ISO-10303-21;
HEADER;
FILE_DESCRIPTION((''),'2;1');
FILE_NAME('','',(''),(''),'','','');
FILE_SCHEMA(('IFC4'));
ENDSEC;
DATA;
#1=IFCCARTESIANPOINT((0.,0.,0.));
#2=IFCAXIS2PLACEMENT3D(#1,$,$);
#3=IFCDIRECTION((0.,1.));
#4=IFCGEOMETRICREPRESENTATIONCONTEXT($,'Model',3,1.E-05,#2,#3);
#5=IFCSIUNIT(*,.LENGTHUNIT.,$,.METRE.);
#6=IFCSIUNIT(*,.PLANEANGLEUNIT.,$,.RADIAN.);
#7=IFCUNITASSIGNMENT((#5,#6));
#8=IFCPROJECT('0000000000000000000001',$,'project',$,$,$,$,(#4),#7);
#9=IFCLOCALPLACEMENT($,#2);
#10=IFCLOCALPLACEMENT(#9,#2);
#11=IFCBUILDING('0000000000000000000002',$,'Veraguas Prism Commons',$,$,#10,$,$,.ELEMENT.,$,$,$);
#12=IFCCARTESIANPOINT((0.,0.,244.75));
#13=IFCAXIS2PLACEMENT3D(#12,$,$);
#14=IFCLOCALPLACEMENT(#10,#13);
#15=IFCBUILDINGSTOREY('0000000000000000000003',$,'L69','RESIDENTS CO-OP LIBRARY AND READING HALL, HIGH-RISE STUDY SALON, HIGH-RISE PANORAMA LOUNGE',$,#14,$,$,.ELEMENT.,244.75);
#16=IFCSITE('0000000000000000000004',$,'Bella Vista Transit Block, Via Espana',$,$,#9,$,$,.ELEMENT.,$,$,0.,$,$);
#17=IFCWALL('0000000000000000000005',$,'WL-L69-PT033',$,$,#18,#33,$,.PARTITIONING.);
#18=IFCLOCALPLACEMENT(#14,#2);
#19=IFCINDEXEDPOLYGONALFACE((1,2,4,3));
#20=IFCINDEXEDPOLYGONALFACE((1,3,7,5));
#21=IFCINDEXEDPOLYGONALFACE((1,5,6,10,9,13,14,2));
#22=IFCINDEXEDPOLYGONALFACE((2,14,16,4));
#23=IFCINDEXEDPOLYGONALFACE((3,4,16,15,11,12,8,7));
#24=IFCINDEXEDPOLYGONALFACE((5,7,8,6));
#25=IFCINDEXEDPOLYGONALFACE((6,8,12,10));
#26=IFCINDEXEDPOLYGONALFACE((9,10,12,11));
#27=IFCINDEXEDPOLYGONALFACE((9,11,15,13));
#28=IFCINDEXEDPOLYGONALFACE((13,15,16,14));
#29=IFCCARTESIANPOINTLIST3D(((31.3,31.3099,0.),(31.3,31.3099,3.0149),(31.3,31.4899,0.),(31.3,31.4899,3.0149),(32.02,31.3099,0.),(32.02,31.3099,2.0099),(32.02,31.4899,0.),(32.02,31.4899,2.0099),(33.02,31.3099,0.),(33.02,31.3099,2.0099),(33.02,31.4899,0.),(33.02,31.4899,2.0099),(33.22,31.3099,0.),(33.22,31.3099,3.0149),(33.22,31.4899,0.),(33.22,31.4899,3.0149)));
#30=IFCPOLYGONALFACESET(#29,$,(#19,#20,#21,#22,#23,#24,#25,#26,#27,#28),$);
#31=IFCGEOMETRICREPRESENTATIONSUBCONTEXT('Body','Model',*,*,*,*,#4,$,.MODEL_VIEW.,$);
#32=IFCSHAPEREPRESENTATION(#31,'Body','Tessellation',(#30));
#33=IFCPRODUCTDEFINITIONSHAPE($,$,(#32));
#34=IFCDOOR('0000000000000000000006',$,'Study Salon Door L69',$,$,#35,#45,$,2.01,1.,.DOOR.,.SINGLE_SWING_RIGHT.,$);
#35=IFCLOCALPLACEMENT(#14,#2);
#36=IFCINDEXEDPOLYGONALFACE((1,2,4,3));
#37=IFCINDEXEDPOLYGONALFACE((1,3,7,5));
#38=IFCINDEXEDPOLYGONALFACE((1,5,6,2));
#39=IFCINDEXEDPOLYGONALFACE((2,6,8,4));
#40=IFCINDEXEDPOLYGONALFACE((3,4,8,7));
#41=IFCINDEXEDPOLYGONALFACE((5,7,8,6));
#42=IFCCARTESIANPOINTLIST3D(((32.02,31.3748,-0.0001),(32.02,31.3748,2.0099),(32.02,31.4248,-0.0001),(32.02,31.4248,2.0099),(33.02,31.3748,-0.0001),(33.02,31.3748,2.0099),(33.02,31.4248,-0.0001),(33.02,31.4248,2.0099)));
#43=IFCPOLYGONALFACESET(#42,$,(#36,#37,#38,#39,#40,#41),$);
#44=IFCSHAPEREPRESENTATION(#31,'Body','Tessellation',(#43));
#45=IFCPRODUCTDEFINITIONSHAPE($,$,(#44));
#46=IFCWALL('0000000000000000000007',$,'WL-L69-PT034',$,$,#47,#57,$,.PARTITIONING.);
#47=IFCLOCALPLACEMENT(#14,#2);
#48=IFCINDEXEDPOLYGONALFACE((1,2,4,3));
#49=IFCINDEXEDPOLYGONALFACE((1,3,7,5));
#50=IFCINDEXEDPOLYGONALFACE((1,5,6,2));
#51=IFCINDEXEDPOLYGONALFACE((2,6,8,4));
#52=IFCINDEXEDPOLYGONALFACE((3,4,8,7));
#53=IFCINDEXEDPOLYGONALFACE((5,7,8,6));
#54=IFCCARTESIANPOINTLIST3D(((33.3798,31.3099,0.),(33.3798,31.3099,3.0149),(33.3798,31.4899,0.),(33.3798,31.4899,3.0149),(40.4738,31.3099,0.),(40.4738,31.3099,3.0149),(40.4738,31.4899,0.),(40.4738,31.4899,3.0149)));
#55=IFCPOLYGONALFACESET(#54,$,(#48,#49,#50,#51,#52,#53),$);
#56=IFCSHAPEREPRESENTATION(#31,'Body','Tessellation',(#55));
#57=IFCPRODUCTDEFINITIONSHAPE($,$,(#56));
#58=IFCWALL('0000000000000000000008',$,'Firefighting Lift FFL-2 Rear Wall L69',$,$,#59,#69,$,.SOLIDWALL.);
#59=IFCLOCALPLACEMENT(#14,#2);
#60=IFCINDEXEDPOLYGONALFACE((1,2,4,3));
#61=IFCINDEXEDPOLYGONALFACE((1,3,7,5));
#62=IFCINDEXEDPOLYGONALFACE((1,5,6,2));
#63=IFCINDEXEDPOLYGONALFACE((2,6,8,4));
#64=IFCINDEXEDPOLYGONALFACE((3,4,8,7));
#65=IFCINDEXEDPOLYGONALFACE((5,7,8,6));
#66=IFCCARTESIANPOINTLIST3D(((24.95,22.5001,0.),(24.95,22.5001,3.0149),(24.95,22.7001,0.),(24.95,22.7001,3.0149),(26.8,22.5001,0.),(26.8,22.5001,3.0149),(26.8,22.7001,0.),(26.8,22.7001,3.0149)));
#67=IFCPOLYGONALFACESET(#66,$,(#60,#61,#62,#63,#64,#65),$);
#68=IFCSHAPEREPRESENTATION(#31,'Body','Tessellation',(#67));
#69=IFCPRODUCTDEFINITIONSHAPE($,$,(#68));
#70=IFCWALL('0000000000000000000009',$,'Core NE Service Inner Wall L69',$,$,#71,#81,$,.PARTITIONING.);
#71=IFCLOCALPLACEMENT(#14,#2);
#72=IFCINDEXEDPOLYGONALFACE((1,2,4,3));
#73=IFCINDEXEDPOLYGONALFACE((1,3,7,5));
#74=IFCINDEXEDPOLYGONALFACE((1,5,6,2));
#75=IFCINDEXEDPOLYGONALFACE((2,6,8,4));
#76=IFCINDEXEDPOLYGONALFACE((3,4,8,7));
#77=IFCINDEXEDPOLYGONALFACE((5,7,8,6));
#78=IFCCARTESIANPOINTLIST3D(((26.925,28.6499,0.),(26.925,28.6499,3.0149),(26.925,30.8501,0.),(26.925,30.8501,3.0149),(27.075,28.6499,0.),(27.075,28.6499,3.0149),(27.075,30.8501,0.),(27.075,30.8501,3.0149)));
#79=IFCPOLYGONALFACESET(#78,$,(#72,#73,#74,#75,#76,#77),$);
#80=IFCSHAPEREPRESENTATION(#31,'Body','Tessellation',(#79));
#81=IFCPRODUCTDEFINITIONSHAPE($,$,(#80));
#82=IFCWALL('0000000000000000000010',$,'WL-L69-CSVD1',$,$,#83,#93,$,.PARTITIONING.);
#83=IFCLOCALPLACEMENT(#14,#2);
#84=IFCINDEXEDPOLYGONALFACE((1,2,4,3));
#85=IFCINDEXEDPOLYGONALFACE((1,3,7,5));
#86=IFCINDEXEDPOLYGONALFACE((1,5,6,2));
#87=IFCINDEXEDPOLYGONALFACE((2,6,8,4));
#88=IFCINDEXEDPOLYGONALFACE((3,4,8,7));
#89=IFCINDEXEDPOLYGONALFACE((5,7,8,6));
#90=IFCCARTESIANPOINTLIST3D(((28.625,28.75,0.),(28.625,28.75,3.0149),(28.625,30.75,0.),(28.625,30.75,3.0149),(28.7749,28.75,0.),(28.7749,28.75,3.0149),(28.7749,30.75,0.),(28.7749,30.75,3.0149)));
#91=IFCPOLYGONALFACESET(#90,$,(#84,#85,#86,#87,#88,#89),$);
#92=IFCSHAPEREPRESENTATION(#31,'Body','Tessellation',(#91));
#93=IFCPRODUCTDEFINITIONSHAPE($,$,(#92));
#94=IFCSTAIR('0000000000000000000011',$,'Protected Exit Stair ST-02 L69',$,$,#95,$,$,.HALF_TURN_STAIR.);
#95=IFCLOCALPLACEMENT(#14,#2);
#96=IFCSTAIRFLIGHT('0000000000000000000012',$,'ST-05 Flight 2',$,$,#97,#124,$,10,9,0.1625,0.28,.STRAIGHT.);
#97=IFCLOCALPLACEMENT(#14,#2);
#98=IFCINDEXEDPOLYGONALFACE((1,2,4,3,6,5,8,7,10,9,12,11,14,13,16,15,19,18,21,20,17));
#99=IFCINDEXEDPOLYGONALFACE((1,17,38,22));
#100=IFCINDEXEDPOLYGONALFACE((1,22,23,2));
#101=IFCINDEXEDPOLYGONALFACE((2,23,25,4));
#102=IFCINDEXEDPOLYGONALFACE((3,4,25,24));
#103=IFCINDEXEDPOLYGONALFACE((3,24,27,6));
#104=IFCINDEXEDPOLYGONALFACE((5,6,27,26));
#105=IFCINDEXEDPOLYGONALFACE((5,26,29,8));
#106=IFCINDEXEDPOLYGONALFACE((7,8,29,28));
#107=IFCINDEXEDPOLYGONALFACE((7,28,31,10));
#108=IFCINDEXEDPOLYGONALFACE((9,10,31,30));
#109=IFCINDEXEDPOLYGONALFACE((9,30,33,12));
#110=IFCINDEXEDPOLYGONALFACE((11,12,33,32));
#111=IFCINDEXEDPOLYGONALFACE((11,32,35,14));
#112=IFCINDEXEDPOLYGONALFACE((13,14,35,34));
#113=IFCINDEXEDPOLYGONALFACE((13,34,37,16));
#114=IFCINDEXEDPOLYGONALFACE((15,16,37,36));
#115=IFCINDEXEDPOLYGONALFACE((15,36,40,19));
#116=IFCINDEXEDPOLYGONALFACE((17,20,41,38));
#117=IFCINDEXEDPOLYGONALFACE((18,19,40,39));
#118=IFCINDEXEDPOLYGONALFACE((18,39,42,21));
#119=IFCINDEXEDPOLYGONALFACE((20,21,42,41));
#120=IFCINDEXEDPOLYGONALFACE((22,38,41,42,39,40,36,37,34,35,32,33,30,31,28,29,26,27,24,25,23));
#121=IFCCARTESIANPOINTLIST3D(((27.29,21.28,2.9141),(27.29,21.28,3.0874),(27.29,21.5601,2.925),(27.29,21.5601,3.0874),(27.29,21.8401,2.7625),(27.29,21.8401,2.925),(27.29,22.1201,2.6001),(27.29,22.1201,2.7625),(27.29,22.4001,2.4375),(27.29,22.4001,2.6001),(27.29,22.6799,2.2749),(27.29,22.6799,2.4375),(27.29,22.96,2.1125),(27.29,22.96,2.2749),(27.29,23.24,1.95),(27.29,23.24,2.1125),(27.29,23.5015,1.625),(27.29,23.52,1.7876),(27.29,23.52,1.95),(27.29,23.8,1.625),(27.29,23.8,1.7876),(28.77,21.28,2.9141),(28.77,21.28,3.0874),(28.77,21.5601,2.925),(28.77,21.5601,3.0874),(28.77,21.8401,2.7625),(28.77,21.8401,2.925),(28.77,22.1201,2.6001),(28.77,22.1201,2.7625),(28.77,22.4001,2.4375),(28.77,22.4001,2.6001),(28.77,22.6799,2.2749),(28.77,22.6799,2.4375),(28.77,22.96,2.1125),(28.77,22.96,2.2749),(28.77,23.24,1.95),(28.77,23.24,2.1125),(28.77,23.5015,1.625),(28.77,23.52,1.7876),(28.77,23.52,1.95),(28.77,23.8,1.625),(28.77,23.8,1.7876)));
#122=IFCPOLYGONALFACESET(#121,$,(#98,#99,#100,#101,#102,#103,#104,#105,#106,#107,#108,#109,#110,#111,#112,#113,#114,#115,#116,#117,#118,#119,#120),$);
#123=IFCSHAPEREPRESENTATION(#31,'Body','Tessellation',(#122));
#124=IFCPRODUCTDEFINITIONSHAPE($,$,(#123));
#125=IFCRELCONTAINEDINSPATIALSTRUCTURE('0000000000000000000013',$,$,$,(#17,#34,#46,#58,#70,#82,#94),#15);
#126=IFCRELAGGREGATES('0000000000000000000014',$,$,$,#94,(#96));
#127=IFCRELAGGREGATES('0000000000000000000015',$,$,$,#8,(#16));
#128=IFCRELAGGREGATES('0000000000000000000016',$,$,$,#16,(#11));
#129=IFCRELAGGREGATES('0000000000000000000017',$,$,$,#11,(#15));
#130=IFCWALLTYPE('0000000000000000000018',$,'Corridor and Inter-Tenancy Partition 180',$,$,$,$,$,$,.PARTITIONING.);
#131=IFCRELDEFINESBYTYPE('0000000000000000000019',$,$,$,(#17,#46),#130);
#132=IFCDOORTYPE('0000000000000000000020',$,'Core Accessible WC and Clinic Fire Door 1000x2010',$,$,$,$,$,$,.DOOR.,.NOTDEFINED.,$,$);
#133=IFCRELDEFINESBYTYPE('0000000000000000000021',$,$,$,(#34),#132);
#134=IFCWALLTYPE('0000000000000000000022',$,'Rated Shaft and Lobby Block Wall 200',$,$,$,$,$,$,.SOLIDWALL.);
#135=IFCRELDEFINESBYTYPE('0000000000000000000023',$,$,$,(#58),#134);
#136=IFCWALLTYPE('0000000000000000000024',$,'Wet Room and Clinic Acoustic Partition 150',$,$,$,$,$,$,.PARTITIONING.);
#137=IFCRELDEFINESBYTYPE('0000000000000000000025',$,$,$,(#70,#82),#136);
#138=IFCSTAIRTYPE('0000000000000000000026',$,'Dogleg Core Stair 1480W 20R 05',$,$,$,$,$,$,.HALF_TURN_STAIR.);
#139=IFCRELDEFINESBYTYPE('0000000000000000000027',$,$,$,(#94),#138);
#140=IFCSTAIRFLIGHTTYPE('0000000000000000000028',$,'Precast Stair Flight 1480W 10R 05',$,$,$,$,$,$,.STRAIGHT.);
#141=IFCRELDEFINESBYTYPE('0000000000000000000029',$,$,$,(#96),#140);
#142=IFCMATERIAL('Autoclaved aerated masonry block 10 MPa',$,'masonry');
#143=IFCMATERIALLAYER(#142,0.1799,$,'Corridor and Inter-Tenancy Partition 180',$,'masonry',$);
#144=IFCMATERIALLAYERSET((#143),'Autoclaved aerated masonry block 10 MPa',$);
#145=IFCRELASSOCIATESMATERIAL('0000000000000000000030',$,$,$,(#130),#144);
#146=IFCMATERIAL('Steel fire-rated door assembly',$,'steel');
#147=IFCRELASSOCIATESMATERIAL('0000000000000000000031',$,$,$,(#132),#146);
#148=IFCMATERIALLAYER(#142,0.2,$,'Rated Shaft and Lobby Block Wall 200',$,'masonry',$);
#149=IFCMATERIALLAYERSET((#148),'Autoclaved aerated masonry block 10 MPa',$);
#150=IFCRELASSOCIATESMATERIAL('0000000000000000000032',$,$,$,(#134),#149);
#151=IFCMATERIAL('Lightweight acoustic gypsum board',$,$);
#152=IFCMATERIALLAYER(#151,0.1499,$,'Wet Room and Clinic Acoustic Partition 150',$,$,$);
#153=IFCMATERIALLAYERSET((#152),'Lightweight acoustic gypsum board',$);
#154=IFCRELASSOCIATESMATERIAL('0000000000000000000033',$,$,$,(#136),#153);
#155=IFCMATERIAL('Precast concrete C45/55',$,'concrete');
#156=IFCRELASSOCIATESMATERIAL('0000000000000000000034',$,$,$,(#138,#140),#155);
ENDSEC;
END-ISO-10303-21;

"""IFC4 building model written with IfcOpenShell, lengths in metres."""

from ifc_helpers import new_model, si_unit, direction, frame, frame_2d, origin, place, context, subcontext, project, spatial, polyline, rectangle, outline, extrude, source, transform, mapped, material, layer, layer_set, type_object, element, fill, aggregate, save


model = new_model("IFC4")

# Units and contexts
model_context = context("Model", 3, precision=1e-05, world=origin(), true_north=direction((0.0, 1.0)))
body_context = subcontext(model_context, "Body", "Model", "MODEL_VIEW")
ifc_project = project(units=[si_unit("LENGTHUNIT", "METRE"), si_unit("PLANEANGLEUNIT", "RADIAN")], contexts=[model_context])

# Site, building, storey
site_placement = place(None, origin())
site = spatial("IfcSite", under=ifc_project, at=site_placement, Name="Bella Vista Transit Block, Via Espana", CompositionType="ELEMENT", RefElevation=0.0)
building_placement = place(site_placement, origin())
building = spatial("IfcBuilding", under=site, at=building_placement, Name="Veraguas Prism Commons", CompositionType="ELEMENT")
storey_placement = place(building_placement, frame((0.0, 0.0, 244.75)))
storey = spatial("IfcBuildingStorey", under=building, at=storey_placement, Name="L69", Description="RESIDENTS CO-OP LIBRARY AND READING HALL, HIGH-RISE STUDY SALON, HIGH-RISE PANORAMA LOUNGE", CompositionType="ELEMENT", Elevation=244.75)

# Shared definitions
ifc_material_1 = material(Name="Steel fire-rated door assembly", Category="steel")

# Shared definitions
ifc_material_2 = material(Name="Autoclaved aerated masonry block 10 MPa", Category="masonry")
ifc_layer_1 = layer(ifc_material_2, 0.1799, Name="Corridor and Inter-Tenancy Partition 180", Category="masonry")
ifc_layer_set_1 = layer_set([ifc_layer_1], Name="Autoclaved aerated masonry block 10 MPa")
wall_type_1 = type_object("IfcWallType", Name="Corridor and Inter-Tenancy Partition 180", PredefinedType="PARTITIONING", material=ifc_layer_set_1)
door_type_1 = type_object("IfcDoorType", Name="Core Accessible WC and Clinic Fire Door 1000x2010", OperationType="NOTDEFINED", PredefinedType="DOOR", material=ifc_material_1)
shared_shape_1 = source(origin(), body_context, "Body", "SweptSolid", [
    extrude(rectangle(XDim=1.0, YDim=2.01, at=frame_2d((0.5, 1.0049))), frame((0.0, 0.0249, 0.0), z_axis=(0.0, -1.0, 0.0), x_axis=(1.0, 0.0, 0.0)), (0.0, 0.0, 1.0), 0.05),
])

# Wall, opening, door
wall_1_placement = place(storey_placement, frame((31.3, 31.3999, 0.0), z_axis=(0.0, 0.0, 1.0), x_axis=(1.0, 0.0, 0.0)))
wall_1 = element("IfcWall", 1, at=wall_1_placement, inside=storey, type_object=wall_type_1, Name="WL-L69-PT033", PredefinedType="PARTITIONING", context=body_context, shape_type="SweptSolid", body=[
    extrude(rectangle(XDim=1.9199, YDim=0.1799, at=frame_2d((0.96, 0.0))), origin(), (0.0, 0.0, 1.0), 3.0149),
])
opening_1_placement = place(wall_1_placement, frame((0.72, 0.0, 0.0)))
opening_1 = element("IfcOpeningElement", 2, at=opening_1_placement, cuts=wall_1, PredefinedType="OPENING", context=body_context, shape_type="SweptSolid", body=[
    extrude(rectangle(XDim=1.0, YDim=2.01, at=frame_2d((0.5, 1.0049))), frame((0.0, 0.0999, 0.0), z_axis=(0.0, -1.0, 0.0), x_axis=(1.0, 0.0, 0.0)), (0.0, 0.0, 1.0), 0.2),
])
door_1_placement = place(opening_1_placement, origin())
door_1 = element("IfcDoor", 3, at=door_1_placement, inside=storey, type_object=door_type_1, Name="Study Salon Door L69", OperationType="SINGLE_SWING_RIGHT", OverallHeight=2.01, OverallWidth=1.0, PredefinedType="DOOR", context=body_context, shape_type="MappedRepresentation", body=[
    mapped(shared_shape_1, transform((0.0, 0.0, 0.0), scale=1.0)),
])
fill(opening_1, door_1)

# Walls
wall_2_placement = place(storey_placement, frame((33.3799, 31.3999, 0.0), z_axis=(0.0, 0.0, 1.0), x_axis=(1.0, 0.0, 0.0)))
element("IfcWall", 4, at=wall_2_placement, inside=storey, type_object=wall_type_1, Name="WL-L69-PT034", PredefinedType="PARTITIONING", context=body_context, shape_type="SweptSolid", body=[
    extrude(rectangle(XDim=7.094, YDim=0.1799, at=frame_2d((3.5469, 0.0))), origin(), (0.0, 0.0, 1.0), 3.0149),
])
ifc_layer_2 = layer(ifc_material_2, 0.2, Name="Rated Shaft and Lobby Block Wall 200", Category="masonry")
ifc_layer_set_2 = layer_set([ifc_layer_2], Name="Autoclaved aerated masonry block 10 MPa")
wall_type_2 = type_object("IfcWallType", Name="Rated Shaft and Lobby Block Wall 200", PredefinedType="SOLIDWALL", material=ifc_layer_set_2)
wall_3_placement = place(storey_placement, frame((24.95, 22.6001, 0.0), z_axis=(0.0, 0.0, 1.0), x_axis=(1.0, 0.0, 0.0)))
element("IfcWall", 5, at=wall_3_placement, inside=storey, type_object=wall_type_2, Name="Firefighting Lift FFL-2 Rear Wall L69", PredefinedType="SOLIDWALL", context=body_context, shape_type="SweptSolid", body=[
    extrude(rectangle(XDim=1.8501, YDim=0.2, at=frame_2d((0.925, 0.0))), origin(), (0.0, 0.0, 1.0), 3.0149),
])
ifc_material_3 = material(Name="Lightweight acoustic gypsum board")
ifc_layer_3 = layer(ifc_material_3, 0.1499, Name="Wet Room and Clinic Acoustic Partition 150")
ifc_layer_set_3 = layer_set([ifc_layer_3], Name="Lightweight acoustic gypsum board")
wall_type_3 = type_object("IfcWallType", Name="Wet Room and Clinic Acoustic Partition 150", PredefinedType="PARTITIONING", material=ifc_layer_set_3)
wall_4_placement = place(storey_placement, frame((27.0, 28.6499, 0.0), z_axis=(0.0, 0.0, 1.0), x_axis=(0.0, 1.0, 0.0)))
element("IfcWall", 6, at=wall_4_placement, inside=storey, type_object=wall_type_3, Name="Core NE Service Inner Wall L69", PredefinedType="PARTITIONING", context=body_context, shape_type="SweptSolid", body=[
    extrude(rectangle(XDim=2.2002, YDim=0.1499, at=frame_2d((1.1001, 0.0))), origin(), (0.0, 0.0, 1.0), 3.0149),
])
wall_5_placement = place(storey_placement, frame((28.7, 28.75, 0.0), z_axis=(0.0, 0.0, 1.0), x_axis=(0.0, 1.0, 0.0)))
element("IfcWall", 7, at=wall_5_placement, inside=storey, type_object=wall_type_3, Name="WL-L69-CSVD1", PredefinedType="PARTITIONING", context=body_context, shape_type="SweptSolid", body=[
    extrude(rectangle(XDim=2.0, YDim=0.1499, at=frame_2d((1.0, 0.0))), origin(), (0.0, 0.0, 1.0), 3.0149),
])

# Stair, stair flight
ifc_material_4 = material(Name="Precast concrete C45/55", Category="concrete")
stair_type = type_object("IfcStairType", Name="Dogleg Core Stair 1480W 20R 05", PredefinedType="HALF_TURN_STAIR", material=ifc_material_4)
stair_placement = place(storey_placement, origin())
stair = element("IfcStair", 8, at=stair_placement, inside=storey, type_object=stair_type, Name="Protected Exit Stair ST-02 L69", PredefinedType="HALF_TURN_STAIR")
stair_flight_type = type_object("IfcStairFlightType", Name="Precast Stair Flight 1480W 10R 05", PredefinedType="STRAIGHT", material=ifc_material_4)
stair_flight_placement = place(storey_placement, frame((28.03, 23.8, 1.625), z_axis=(0.0, 0.0, 1.0), x_axis=(0.0, -1.0, 0.0)))
stair_flight = element("IfcStairFlight", 9, at=stair_flight_placement, type_object=stair_flight_type, Name="ST-05 Flight 2", NumberOfRisers=10, NumberOfTreads=9, PredefinedType="STRAIGHT", RiserHeight=0.1625, TreadLength=0.28, context=body_context, shape_type="SweptSolid", body=[
    extrude(outline(polyline([(0.0, 0.0), (0.0, 0.1626), (0.28, 0.1626), (0.28, 0.325), (0.5601, 0.325), (0.5601, 0.4875), (0.8401, 0.4875), (0.8401, 0.6499), (1.1201, 0.6499), (1.1201, 0.8125), (1.3999, 0.8125), (1.3999, 0.9751), (1.6799, 0.9751), (1.6799, 1.1375), (1.96, 1.1375), (1.96, 1.3), (2.24, 1.3), (2.24, 1.4624), (2.52, 1.4624), (2.52, 1.625), (2.52, 1.2891), (0.2986, 0.0), (0.0, 0.0)])), frame((0.0, 0.74, 0.0), z_axis=(0.0, -1.0, 0.0), x_axis=(1.0, 0.0, 0.0)), (0.0, 0.0, 1.0), 1.48),
])
aggregate(stair, [stair_flight])

save(model, "model.ifc")
